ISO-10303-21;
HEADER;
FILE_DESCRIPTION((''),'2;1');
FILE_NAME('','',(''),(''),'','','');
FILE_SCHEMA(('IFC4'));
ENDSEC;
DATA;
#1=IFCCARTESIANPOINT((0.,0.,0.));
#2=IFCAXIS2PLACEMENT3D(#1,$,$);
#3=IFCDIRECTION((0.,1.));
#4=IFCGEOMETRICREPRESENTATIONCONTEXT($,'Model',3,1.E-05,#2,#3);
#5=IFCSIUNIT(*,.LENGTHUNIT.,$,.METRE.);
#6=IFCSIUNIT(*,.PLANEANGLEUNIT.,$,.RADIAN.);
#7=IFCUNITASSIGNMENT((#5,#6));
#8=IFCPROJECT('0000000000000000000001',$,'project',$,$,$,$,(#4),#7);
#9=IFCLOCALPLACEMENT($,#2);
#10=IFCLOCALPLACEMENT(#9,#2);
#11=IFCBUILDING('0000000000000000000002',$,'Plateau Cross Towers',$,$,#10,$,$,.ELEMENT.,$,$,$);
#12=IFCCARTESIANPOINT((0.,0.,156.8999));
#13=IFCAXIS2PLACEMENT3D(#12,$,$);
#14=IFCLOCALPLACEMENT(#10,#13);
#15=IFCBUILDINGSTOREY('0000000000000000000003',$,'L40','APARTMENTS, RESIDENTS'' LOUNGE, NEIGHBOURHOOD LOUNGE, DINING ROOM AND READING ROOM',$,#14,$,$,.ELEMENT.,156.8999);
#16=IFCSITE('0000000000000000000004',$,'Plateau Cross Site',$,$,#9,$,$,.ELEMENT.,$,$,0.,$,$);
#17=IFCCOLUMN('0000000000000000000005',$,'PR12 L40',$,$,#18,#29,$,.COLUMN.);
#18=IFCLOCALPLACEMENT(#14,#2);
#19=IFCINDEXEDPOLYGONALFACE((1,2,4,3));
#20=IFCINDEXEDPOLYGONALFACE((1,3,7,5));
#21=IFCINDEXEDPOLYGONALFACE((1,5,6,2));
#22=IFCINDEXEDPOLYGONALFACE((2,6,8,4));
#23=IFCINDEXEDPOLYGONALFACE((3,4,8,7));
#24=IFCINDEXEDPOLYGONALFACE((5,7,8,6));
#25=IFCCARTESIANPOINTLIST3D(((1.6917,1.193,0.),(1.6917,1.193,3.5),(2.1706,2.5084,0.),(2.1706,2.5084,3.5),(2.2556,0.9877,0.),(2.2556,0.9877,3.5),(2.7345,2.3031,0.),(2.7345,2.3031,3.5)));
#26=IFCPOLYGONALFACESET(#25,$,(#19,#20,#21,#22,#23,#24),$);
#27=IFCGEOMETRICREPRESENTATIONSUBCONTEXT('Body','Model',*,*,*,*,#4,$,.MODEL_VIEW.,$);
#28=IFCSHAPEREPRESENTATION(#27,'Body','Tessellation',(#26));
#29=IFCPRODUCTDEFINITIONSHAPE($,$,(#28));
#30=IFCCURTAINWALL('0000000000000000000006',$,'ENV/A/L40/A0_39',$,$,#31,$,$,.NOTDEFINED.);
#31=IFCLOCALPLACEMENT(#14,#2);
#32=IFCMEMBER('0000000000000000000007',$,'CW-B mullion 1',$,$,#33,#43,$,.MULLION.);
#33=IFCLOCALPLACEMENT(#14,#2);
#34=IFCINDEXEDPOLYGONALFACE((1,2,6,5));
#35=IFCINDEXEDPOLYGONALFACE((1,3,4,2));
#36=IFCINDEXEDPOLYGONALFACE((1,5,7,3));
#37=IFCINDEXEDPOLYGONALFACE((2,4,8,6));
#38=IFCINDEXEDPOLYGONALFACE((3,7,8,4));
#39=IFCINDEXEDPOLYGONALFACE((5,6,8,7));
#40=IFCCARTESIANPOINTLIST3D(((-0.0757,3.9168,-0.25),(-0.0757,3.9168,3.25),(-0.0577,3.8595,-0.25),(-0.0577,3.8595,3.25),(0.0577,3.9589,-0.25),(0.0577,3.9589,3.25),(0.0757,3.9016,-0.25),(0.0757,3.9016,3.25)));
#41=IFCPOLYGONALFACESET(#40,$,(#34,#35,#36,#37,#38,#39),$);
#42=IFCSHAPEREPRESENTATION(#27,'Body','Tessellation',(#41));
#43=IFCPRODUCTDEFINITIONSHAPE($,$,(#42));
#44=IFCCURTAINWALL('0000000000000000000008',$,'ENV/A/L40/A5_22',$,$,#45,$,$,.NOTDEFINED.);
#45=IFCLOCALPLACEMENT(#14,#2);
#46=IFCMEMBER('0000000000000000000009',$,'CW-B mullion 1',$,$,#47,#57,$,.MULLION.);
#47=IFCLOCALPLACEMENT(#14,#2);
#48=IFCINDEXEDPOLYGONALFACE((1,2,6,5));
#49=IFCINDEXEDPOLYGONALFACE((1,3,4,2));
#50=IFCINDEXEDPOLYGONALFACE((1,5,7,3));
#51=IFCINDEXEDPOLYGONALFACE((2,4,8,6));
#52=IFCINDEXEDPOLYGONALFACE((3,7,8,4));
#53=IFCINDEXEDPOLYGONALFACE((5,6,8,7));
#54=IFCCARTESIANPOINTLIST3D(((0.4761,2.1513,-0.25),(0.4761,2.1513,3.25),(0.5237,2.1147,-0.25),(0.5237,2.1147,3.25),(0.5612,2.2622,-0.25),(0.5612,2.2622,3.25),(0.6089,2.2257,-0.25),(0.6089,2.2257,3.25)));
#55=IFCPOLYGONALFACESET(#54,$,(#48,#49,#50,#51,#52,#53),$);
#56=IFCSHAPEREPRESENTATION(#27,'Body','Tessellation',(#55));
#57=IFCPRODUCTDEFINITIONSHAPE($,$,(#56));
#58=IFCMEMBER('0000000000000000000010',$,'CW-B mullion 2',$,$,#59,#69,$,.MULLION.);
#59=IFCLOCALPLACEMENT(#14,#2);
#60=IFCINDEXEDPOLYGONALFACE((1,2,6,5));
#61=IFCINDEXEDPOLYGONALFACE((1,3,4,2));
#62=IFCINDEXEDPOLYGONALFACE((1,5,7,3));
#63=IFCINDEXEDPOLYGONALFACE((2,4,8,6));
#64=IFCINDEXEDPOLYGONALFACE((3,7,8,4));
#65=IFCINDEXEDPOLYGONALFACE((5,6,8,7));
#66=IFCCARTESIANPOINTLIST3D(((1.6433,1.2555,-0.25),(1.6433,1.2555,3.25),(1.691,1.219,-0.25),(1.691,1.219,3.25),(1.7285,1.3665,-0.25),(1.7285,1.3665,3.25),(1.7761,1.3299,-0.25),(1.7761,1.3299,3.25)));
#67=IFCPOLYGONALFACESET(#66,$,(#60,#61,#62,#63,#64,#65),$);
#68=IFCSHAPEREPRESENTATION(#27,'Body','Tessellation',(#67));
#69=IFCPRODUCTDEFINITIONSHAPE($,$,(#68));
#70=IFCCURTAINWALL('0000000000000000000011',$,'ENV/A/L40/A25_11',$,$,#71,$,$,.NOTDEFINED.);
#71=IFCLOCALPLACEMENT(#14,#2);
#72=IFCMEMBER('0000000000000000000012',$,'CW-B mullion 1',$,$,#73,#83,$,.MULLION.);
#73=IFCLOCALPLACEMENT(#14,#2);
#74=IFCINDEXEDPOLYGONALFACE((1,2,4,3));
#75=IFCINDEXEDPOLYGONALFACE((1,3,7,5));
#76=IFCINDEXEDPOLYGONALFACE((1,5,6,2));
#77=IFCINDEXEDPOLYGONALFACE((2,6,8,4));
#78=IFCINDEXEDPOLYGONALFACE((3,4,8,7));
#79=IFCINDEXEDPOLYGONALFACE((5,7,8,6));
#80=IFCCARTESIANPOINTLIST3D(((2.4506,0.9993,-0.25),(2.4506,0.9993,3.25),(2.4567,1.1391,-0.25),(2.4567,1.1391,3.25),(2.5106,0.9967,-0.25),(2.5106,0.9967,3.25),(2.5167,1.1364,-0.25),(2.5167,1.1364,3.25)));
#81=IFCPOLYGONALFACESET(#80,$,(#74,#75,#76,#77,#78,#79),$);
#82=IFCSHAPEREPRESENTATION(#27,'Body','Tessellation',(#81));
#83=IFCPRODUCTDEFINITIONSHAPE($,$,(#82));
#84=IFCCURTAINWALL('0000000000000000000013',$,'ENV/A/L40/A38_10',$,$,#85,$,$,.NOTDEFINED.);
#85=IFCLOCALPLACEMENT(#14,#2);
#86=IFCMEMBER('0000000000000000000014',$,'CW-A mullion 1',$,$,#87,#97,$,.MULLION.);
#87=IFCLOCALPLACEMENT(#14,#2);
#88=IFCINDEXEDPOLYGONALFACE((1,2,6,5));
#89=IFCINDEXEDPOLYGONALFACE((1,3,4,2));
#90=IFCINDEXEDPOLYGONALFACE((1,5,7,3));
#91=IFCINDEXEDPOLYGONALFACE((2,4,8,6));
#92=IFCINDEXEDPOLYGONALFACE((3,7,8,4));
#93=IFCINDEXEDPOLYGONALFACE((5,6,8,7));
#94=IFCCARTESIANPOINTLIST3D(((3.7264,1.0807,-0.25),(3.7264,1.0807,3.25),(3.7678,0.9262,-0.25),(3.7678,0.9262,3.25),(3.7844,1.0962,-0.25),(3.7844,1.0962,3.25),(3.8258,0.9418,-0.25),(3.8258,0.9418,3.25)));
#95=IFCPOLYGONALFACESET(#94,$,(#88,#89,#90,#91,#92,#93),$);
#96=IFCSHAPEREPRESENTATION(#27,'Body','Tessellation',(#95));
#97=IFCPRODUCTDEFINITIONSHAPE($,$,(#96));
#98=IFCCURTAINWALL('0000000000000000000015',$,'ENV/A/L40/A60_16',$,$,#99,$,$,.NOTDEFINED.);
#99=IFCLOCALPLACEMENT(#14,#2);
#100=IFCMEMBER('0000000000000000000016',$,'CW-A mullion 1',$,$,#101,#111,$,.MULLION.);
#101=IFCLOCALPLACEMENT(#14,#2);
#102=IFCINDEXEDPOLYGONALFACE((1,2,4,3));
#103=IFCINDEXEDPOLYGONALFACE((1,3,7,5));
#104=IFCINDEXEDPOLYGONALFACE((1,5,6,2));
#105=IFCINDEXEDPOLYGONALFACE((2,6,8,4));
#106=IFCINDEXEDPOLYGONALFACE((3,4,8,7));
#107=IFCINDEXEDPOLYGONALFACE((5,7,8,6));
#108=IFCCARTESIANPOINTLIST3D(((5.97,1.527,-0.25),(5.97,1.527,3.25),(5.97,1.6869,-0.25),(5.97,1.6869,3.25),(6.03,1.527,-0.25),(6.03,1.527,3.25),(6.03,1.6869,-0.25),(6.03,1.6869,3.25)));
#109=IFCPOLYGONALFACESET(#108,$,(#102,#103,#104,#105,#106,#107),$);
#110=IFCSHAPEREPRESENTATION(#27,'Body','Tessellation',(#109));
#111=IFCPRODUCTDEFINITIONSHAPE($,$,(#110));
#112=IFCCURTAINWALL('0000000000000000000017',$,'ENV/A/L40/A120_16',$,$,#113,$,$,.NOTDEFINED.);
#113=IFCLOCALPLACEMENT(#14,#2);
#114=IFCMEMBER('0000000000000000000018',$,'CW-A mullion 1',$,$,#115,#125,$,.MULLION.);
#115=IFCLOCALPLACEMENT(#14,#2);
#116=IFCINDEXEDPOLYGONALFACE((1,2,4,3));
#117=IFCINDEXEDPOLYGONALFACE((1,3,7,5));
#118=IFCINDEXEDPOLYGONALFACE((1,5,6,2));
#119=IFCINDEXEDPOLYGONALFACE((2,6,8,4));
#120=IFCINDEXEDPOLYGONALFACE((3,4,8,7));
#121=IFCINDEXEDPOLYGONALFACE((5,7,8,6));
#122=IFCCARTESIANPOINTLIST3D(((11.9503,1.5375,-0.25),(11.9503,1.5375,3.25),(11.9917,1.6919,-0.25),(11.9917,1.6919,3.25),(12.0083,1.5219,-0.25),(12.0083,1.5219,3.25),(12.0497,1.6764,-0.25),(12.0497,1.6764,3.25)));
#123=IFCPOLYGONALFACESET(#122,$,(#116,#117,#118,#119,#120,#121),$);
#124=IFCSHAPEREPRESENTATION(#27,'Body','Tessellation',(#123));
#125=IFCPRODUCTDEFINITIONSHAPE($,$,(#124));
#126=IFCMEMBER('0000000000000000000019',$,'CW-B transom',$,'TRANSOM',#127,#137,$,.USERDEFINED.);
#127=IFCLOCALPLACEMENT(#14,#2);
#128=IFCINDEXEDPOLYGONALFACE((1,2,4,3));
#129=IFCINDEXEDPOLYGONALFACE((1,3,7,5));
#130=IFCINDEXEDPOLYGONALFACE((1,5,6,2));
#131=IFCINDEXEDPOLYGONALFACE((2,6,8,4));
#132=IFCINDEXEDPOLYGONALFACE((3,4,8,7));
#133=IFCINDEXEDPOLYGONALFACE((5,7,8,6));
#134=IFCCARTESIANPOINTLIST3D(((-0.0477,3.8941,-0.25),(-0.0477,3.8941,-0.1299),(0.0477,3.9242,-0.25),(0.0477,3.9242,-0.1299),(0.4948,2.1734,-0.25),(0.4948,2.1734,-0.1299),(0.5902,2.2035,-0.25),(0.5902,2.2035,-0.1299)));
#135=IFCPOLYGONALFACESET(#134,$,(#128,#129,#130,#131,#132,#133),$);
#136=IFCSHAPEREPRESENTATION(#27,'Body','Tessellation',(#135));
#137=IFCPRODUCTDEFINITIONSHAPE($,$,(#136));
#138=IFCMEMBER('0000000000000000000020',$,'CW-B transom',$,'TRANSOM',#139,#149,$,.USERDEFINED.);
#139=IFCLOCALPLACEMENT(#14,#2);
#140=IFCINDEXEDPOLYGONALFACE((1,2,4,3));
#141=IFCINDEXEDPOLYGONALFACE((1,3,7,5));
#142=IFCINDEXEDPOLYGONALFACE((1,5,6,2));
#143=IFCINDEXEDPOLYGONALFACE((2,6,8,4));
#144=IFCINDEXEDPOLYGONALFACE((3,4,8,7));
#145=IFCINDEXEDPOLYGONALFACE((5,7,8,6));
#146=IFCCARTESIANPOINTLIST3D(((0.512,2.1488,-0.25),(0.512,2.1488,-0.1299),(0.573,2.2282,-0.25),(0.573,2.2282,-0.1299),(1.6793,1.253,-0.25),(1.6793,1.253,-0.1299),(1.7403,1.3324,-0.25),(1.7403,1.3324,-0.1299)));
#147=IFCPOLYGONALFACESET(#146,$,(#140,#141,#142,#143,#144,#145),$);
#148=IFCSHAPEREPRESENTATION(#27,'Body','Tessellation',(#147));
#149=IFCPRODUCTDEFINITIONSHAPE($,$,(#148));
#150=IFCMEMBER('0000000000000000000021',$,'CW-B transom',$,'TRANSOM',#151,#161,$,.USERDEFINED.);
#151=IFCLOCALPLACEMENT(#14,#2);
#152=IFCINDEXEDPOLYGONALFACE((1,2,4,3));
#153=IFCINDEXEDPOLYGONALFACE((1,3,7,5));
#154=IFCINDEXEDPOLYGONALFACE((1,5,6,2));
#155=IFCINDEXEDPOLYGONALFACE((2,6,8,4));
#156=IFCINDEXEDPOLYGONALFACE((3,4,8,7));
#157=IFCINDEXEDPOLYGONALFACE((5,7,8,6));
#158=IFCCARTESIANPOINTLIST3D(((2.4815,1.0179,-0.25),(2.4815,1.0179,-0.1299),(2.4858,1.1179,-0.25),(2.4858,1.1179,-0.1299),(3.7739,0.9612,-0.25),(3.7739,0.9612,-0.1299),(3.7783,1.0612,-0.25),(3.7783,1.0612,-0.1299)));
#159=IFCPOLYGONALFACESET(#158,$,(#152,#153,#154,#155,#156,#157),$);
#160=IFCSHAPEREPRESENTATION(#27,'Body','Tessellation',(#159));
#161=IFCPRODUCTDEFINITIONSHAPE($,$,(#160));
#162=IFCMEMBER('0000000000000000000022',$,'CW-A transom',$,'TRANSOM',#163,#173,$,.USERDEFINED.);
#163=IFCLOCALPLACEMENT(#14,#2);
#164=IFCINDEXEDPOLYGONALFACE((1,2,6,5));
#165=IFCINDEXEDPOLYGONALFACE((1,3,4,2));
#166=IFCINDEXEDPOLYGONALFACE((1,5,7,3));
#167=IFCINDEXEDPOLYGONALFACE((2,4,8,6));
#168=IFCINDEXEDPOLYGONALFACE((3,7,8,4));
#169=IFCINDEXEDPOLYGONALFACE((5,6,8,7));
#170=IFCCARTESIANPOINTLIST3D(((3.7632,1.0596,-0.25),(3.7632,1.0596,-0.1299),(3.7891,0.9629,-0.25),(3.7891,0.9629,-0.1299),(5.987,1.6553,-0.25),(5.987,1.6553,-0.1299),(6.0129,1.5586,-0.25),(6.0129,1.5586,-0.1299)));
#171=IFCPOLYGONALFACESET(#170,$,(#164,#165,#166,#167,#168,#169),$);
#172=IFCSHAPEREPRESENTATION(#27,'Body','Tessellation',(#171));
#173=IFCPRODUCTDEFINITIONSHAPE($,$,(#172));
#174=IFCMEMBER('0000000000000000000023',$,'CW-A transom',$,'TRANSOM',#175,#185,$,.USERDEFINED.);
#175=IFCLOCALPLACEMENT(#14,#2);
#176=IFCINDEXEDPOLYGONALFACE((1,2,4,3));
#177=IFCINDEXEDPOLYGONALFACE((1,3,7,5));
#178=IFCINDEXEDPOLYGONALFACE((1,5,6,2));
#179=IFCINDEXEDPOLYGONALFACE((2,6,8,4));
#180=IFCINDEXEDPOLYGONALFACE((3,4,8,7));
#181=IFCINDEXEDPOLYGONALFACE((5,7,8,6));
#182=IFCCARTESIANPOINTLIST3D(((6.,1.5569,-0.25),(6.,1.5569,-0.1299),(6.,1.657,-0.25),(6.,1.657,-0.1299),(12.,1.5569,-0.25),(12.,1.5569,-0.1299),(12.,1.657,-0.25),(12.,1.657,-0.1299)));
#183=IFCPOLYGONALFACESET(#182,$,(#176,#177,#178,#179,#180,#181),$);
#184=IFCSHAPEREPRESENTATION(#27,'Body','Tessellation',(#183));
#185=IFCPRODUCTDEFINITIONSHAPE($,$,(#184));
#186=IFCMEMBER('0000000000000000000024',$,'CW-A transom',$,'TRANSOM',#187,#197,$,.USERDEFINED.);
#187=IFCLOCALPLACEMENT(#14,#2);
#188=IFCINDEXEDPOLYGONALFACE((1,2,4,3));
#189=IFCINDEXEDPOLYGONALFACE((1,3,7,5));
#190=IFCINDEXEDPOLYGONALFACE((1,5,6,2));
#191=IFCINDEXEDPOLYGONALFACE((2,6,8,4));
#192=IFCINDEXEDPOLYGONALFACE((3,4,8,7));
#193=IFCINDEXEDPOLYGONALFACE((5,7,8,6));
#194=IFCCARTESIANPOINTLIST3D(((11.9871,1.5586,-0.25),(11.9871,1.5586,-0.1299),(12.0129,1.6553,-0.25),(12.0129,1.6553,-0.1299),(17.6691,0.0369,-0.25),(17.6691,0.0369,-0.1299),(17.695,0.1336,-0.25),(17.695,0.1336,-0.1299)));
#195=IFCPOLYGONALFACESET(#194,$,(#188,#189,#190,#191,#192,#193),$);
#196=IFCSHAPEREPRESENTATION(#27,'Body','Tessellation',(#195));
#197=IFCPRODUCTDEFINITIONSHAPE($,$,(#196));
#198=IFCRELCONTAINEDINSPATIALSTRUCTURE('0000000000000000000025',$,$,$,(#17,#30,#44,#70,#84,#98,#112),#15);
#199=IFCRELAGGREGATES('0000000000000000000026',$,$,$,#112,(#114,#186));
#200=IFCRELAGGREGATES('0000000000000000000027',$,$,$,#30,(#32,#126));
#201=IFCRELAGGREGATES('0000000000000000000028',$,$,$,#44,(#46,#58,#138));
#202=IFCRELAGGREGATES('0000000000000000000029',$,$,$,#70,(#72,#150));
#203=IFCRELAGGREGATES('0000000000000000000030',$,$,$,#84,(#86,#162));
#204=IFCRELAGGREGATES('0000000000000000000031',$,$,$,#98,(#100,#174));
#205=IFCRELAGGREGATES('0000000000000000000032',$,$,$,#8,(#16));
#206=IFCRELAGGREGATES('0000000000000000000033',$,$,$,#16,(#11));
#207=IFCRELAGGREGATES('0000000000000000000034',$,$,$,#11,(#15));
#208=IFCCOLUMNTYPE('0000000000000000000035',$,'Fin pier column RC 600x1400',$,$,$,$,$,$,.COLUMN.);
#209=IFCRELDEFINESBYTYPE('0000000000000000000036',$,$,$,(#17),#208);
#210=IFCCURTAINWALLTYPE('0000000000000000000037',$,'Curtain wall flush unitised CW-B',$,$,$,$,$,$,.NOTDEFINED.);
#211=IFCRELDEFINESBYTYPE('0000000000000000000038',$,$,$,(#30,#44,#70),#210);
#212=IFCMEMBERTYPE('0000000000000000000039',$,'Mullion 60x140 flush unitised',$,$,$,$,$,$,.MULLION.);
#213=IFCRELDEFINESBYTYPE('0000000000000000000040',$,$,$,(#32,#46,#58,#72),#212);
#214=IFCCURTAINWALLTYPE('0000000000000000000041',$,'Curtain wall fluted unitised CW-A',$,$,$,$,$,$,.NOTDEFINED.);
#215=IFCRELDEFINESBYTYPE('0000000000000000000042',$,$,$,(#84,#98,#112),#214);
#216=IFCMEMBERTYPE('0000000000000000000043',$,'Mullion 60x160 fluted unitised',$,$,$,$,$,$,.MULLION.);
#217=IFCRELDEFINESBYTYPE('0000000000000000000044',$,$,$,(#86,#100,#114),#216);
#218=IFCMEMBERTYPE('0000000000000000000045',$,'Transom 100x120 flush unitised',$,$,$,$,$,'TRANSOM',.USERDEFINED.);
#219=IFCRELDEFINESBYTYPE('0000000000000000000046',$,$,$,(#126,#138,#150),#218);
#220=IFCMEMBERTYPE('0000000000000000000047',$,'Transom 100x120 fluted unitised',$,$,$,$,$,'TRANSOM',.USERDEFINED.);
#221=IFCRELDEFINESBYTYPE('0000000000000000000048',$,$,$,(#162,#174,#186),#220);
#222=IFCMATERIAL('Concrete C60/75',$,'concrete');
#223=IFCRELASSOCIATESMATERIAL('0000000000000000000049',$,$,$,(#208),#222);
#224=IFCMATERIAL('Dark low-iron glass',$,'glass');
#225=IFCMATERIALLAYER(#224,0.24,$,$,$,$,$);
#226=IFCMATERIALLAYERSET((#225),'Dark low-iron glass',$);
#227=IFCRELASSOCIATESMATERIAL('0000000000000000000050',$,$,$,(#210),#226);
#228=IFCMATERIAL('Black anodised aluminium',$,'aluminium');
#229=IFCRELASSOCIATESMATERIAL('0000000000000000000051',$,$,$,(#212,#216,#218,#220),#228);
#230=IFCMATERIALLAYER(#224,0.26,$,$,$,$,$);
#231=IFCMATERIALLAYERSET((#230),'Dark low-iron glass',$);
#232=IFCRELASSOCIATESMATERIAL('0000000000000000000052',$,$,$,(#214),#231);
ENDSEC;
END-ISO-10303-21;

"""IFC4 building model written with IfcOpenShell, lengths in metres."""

from ifc_helpers import new_model, si_unit, direction, frame, origin, origin_2d, place, context, subcontext, project, spatial, rectangle, extrude, material, layer, layer_set, material_profile, profile_set, type_object, element, aggregate, save


model = new_model("IFC4")

# Units and contexts
model_context = context("Model", 3, precision=1e-05, world=origin(), true_north=direction((0.0, 1.0)))
body_context = subcontext(model_context, "Body", "Model", "MODEL_VIEW")
ifc_project = project(units=[si_unit("LENGTHUNIT", "METRE"), si_unit("PLANEANGLEUNIT", "RADIAN")], contexts=[model_context])

# Site, building, storey
site_placement = place(None, origin())
site = spatial("IfcSite", under=ifc_project, at=site_placement, Name="Plateau Cross Site", CompositionType="ELEMENT", RefElevation=0.0)
building_placement = place(site_placement, origin())
building = spatial("IfcBuilding", under=site, at=building_placement, Name="Plateau Cross Towers", CompositionType="ELEMENT")
storey_placement = place(building_placement, frame((0.0, 0.0, 156.8999)))
storey = spatial("IfcBuildingStorey", under=building, at=storey_placement, Name="L40", Description="APARTMENTS, RESIDENTS' LOUNGE, NEIGHBOURHOOD LOUNGE, DINING ROOM AND READING ROOM", CompositionType="ELEMENT", Elevation=156.8999)

# Column
ifc_material_1 = material(Name="Concrete C60/75", Category="concrete")
ifc_material_profile_1 = material_profile(ifc_material_1, rectangle(XDim=0.6001, YDim=1.3999, at=origin_2d()), Name="RC 600x1400")
ifc_profile_set_1 = profile_set([ifc_material_profile_1], Name="Concrete C60/75")
column_type = type_object("IfcColumnType", Name="Fin pier column RC 600x1400", PredefinedType="COLUMN", material=ifc_profile_set_1)
column_placement = place(storey_placement, frame((2.2131, 1.748, 0.0), z_axis=(0.0, 0.0, 1.0), x_axis=(-0.939664, 0.342098, 0.0)))
element("IfcColumn", 1, at=column_placement, inside=storey, type_object=column_type, Name="PR12 L40", PredefinedType="COLUMN", context=body_context, shape_type="SweptSolid", body=[
    extrude(rectangle(XDim=0.6001, YDim=1.3999, at=origin_2d()), origin(), (0.0, 0.0, 1.0), 3.5),
])

# Curtain wall, member
ifc_material_2 = material(Name="Dark low-iron glass", Category="glass")
ifc_layer_1 = layer(ifc_material_2, 0.24)
ifc_layer_set_1 = layer_set([ifc_layer_1], Name="Dark low-iron glass")
curtain_wall_type_1 = type_object("IfcCurtainWallType", Name="Curtain wall flush unitised CW-B", PredefinedType="NOTDEFINED", material=ifc_layer_set_1)
curtain_wall_1_placement = place(storey_placement, origin())
curtain_wall_1 = element("IfcCurtainWall", 2, at=curtain_wall_1_placement, inside=storey, type_object=curtain_wall_type_1, Name="ENV/A/L40/A0_39", PredefinedType="NOTDEFINED")
ifc_material_3 = material(Name="Black anodised aluminium", Category="aluminium")
ifc_material_profile_2 = material_profile(ifc_material_3, rectangle(XDim=0.0601, YDim=0.1399, at=origin_2d()), Name="MULLION 60x140")
ifc_profile_set_2 = profile_set([ifc_material_profile_2], Name="Black anodised aluminium")
member_type_1 = type_object("IfcMemberType", Name="Mullion 60x140 flush unitised", PredefinedType="MULLION", material=ifc_profile_set_2)
member_1_placement = place(storey_placement, frame((0.0, 3.9092, -0.25), z_axis=(0.0, 0.0, 1.0), x_axis=(0.300686, -0.953723, 0.0)))
member_1 = element("IfcMember", 3, at=member_1_placement, type_object=member_type_1, Name="CW-B mullion 1", PredefinedType="MULLION", context=body_context, shape_type="SweptSolid", body=[
    extrude(rectangle(XDim=0.0601, YDim=0.1399, at=origin_2d()), origin(), (0.0, 0.0, 1.0), 3.5),
])

# Curtain wall, members
curtain_wall_2_placement = place(storey_placement, origin())
curtain_wall_2 = element("IfcCurtainWall", 4, at=curtain_wall_2_placement, inside=storey, type_object=curtain_wall_type_1, Name="ENV/A/L40/A5_22", PredefinedType="NOTDEFINED")
member_2_placement = place(storey_placement, frame((0.5425, 2.1885, -0.25), z_axis=(0.0, 0.0, 1.0), x_axis=(0.793316, -0.608811, 0.0)))
member_2 = element("IfcMember", 5, at=member_2_placement, type_object=member_type_1, Name="CW-B mullion 1", PredefinedType="MULLION", context=body_context, shape_type="SweptSolid", body=[
    extrude(rectangle(XDim=0.0601, YDim=0.1399, at=origin_2d()), origin(), (0.0, 0.0, 1.0), 3.5),
])
member_3_placement = place(storey_placement, frame((1.7097, 1.2927, -0.25), z_axis=(0.0, 0.0, 1.0), x_axis=(0.793316, -0.608811, 0.0)))
member_3 = element("IfcMember", 6, at=member_3_placement, type_object=member_type_1, Name="CW-B mullion 2", PredefinedType="MULLION", context=body_context, shape_type="SweptSolid", body=[
    extrude(rectangle(XDim=0.0601, YDim=0.1399, at=origin_2d()), origin(), (0.0, 0.0, 1.0), 3.5),
])

# Curtain walls, members
curtain_wall_3_placement = place(storey_placement, origin())
curtain_wall_3 = element("IfcCurtainWall", 7, at=curtain_wall_3_placement, inside=storey, type_object=curtain_wall_type_1, Name="ENV/A/L40/A25_11", PredefinedType="NOTDEFINED")
member_4_placement = place(storey_placement, frame((2.4836, 1.0679, -0.25), z_axis=(0.0, 0.0, 1.0), x_axis=(0.999044, -0.043723, 0.0)))
member_4 = element("IfcMember", 8, at=member_4_placement, type_object=member_type_1, Name="CW-B mullion 1", PredefinedType="MULLION", context=body_context, shape_type="SweptSolid", body=[
    extrude(rectangle(XDim=0.0601, YDim=0.1399, at=origin_2d()), origin(), (0.0, 0.0, 1.0), 3.5),
])
ifc_layer_2 = layer(ifc_material_2, 0.26)
ifc_layer_set_2 = layer_set([ifc_layer_2], Name="Dark low-iron glass")
curtain_wall_type_2 = type_object("IfcCurtainWallType", Name="Curtain wall fluted unitised CW-A", PredefinedType="NOTDEFINED", material=ifc_layer_set_2)
curtain_wall_4_placement = place(storey_placement, origin())
curtain_wall_4 = element("IfcCurtainWall", 9, at=curtain_wall_4_placement, inside=storey, type_object=curtain_wall_type_2, Name="ENV/A/L40/A38_10", PredefinedType="NOTDEFINED")
ifc_material_profile_3 = material_profile(ifc_material_3, rectangle(XDim=0.0601, YDim=0.1599, at=origin_2d()), Name="MULLION 60x160")
ifc_profile_set_3 = profile_set([ifc_material_profile_3], Name="Black anodised aluminium")
member_type_2 = type_object("IfcMemberType", Name="Mullion 60x160 fluted unitised", PredefinedType="MULLION", material=ifc_profile_set_3)
member_5_placement = place(storey_placement, frame((3.7761, 1.0112, -0.25), z_axis=(0.0, 0.0, 1.0), x_axis=(0.965958, 0.258699, 0.0)))
member_5 = element("IfcMember", 10, at=member_5_placement, type_object=member_type_2, Name="CW-A mullion 1", PredefinedType="MULLION", context=body_context, shape_type="SweptSolid", body=[
    extrude(rectangle(XDim=0.0601, YDim=0.1599, at=origin_2d()), origin(), (0.0, 0.0, 1.0), 3.5),
])
curtain_wall_5_placement = place(storey_placement, origin())
curtain_wall_5 = element("IfcCurtainWall", 11, at=curtain_wall_5_placement, inside=storey, type_object=curtain_wall_type_2, Name="ENV/A/L40/A60_16", PredefinedType="NOTDEFINED")
member_6_placement = place(storey_placement, frame((6.0, 1.6069, -0.25), z_axis=(0.0, 0.0, 1.0), x_axis=(1.0, 0.0, 0.0)))
member_6 = element("IfcMember", 12, at=member_6_placement, type_object=member_type_2, Name="CW-A mullion 1", PredefinedType="MULLION", context=body_context, shape_type="SweptSolid", body=[
    extrude(rectangle(XDim=0.0601, YDim=0.1599, at=origin_2d()), origin(), (0.0, 0.0, 1.0), 3.5),
])
curtain_wall_6_placement = place(storey_placement, origin())
curtain_wall_6 = element("IfcCurtainWall", 13, at=curtain_wall_6_placement, inside=storey, type_object=curtain_wall_type_2, Name="ENV/A/L40/A120_16", PredefinedType="NOTDEFINED")
member_7_placement = place(storey_placement, frame((12.0, 1.6069, -0.25), z_axis=(0.0, 0.0, 1.0), x_axis=(0.965958, -0.258699, 0.0)))
member_7 = element("IfcMember", 14, at=member_7_placement, type_object=member_type_2, Name="CW-A mullion 1", PredefinedType="MULLION", context=body_context, shape_type="SweptSolid", body=[
    extrude(rectangle(XDim=0.0601, YDim=0.1599, at=origin_2d()), origin(), (0.0, 0.0, 1.0), 3.5),
])

# Members
ifc_material_profile_4 = material_profile(ifc_material_3, rectangle(XDim=0.1001, YDim=0.1201, at=origin_2d()), Name="TRANSOM 100x120")
ifc_profile_set_4 = profile_set([ifc_material_profile_4], Name="Black anodised aluminium")
member_type_3 = type_object("IfcMemberType", Name="Transom 100x120 flush unitised", ElementType="TRANSOM", PredefinedType="USERDEFINED", material=ifc_profile_set_4)
member_8_placement = place(storey_placement, frame((0.0, 3.9092, -0.1899), z_axis=(0.300678, -0.953726, 0.0), x_axis=(0.953726, 0.300678, 0.0)))
member_8 = element("IfcMember", 15, at=member_8_placement, type_object=member_type_3, Name="CW-B transom", ObjectType="TRANSOM", PredefinedType="USERDEFINED", context=body_context, shape_type="SweptSolid", body=[
    extrude(rectangle(XDim=0.1001, YDim=0.1201, at=origin_2d()), origin(), (0.0, 0.0, 1.0), 1.8042),
])
member_9_placement = place(storey_placement, frame((0.5425, 2.1885, -0.1899), z_axis=(0.793321, -0.608804, 0.0), x_axis=(0.608804, 0.793321, 0.0)))
member_9 = element("IfcMember", 16, at=member_9_placement, type_object=member_type_3, Name="CW-B transom", ObjectType="TRANSOM", PredefinedType="USERDEFINED", context=body_context, shape_type="SweptSolid", body=[
    extrude(rectangle(XDim=0.1001, YDim=0.1201, at=origin_2d()), origin(), (0.0, 0.0, 1.0), 1.4714),
])
member_10_placement = place(storey_placement, frame((2.4836, 1.0679, -0.1899), z_axis=(0.999041, -0.043781, 0.0), x_axis=(0.043781, 0.999041, 0.0)))
member_10 = element("IfcMember", 17, at=member_10_placement, type_object=member_type_3, Name="CW-B transom", ObjectType="TRANSOM", PredefinedType="USERDEFINED", context=body_context, shape_type="SweptSolid", body=[
    extrude(rectangle(XDim=0.1001, YDim=0.1201, at=origin_2d()), origin(), (0.0, 0.0, 1.0), 1.2937),
])
ifc_material_profile_5 = material_profile(ifc_material_3, rectangle(XDim=0.1001, YDim=0.1201, at=origin_2d()), Name="TRANSOM 100x120")
ifc_profile_set_5 = profile_set([ifc_material_profile_5], Name="Black anodised aluminium")
member_type_4 = type_object("IfcMemberType", Name="Transom 100x120 fluted unitised", ElementType="TRANSOM", PredefinedType="USERDEFINED", material=ifc_profile_set_5)
member_11_placement = place(storey_placement, frame((3.7761, 1.0112, -0.1899), z_axis=(0.965946, 0.258745, 0.0), x_axis=(-0.258745, 0.965946, 0.0)))
member_11 = element("IfcMember", 18, at=member_11_placement, type_object=member_type_4, Name="CW-A transom", ObjectType="TRANSOM", PredefinedType="USERDEFINED", context=body_context, shape_type="SweptSolid", body=[
    extrude(rectangle(XDim=0.1001, YDim=0.1201, at=origin_2d()), origin(), (0.0, 0.0, 1.0), 2.3022),
])
member_12_placement = place(storey_placement, frame((6.0, 1.6069, -0.1899), z_axis=(1.0, 0.0, 0.0), x_axis=(0.0, 1.0, 0.0)))
member_12 = element("IfcMember", 19, at=member_12_placement, type_object=member_type_4, Name="CW-A transom", ObjectType="TRANSOM", PredefinedType="USERDEFINED", context=body_context, shape_type="SweptSolid", body=[
    extrude(rectangle(XDim=0.1001, YDim=0.1201, at=origin_2d()), origin(), (0.0, 0.0, 1.0), 6.0),
])
member_13_placement = place(storey_placement, frame((12.0, 1.6069, -0.1899), z_axis=(0.96596, -0.258693, 0.0), x_axis=(0.258693, 0.96596, 0.0)))
member_13 = element("IfcMember", 20, at=member_13_placement, type_object=member_type_4, Name="CW-A transom", ObjectType="TRANSOM", PredefinedType="USERDEFINED", context=body_context, shape_type="SweptSolid", body=[
    extrude(rectangle(XDim=0.1001, YDim=0.1201, at=origin_2d()), origin(), (0.0, 0.0, 1.0), 5.8823),
])
aggregate(curtain_wall_6, [member_7, member_13])

aggregate(curtain_wall_1, [member_1, member_8])
aggregate(curtain_wall_2, [member_2, member_3, member_9])
aggregate(curtain_wall_3, [member_4, member_10])
aggregate(curtain_wall_4, [member_5, member_11])
aggregate(curtain_wall_5, [member_6, member_12])

save(model, "model.ifc")
